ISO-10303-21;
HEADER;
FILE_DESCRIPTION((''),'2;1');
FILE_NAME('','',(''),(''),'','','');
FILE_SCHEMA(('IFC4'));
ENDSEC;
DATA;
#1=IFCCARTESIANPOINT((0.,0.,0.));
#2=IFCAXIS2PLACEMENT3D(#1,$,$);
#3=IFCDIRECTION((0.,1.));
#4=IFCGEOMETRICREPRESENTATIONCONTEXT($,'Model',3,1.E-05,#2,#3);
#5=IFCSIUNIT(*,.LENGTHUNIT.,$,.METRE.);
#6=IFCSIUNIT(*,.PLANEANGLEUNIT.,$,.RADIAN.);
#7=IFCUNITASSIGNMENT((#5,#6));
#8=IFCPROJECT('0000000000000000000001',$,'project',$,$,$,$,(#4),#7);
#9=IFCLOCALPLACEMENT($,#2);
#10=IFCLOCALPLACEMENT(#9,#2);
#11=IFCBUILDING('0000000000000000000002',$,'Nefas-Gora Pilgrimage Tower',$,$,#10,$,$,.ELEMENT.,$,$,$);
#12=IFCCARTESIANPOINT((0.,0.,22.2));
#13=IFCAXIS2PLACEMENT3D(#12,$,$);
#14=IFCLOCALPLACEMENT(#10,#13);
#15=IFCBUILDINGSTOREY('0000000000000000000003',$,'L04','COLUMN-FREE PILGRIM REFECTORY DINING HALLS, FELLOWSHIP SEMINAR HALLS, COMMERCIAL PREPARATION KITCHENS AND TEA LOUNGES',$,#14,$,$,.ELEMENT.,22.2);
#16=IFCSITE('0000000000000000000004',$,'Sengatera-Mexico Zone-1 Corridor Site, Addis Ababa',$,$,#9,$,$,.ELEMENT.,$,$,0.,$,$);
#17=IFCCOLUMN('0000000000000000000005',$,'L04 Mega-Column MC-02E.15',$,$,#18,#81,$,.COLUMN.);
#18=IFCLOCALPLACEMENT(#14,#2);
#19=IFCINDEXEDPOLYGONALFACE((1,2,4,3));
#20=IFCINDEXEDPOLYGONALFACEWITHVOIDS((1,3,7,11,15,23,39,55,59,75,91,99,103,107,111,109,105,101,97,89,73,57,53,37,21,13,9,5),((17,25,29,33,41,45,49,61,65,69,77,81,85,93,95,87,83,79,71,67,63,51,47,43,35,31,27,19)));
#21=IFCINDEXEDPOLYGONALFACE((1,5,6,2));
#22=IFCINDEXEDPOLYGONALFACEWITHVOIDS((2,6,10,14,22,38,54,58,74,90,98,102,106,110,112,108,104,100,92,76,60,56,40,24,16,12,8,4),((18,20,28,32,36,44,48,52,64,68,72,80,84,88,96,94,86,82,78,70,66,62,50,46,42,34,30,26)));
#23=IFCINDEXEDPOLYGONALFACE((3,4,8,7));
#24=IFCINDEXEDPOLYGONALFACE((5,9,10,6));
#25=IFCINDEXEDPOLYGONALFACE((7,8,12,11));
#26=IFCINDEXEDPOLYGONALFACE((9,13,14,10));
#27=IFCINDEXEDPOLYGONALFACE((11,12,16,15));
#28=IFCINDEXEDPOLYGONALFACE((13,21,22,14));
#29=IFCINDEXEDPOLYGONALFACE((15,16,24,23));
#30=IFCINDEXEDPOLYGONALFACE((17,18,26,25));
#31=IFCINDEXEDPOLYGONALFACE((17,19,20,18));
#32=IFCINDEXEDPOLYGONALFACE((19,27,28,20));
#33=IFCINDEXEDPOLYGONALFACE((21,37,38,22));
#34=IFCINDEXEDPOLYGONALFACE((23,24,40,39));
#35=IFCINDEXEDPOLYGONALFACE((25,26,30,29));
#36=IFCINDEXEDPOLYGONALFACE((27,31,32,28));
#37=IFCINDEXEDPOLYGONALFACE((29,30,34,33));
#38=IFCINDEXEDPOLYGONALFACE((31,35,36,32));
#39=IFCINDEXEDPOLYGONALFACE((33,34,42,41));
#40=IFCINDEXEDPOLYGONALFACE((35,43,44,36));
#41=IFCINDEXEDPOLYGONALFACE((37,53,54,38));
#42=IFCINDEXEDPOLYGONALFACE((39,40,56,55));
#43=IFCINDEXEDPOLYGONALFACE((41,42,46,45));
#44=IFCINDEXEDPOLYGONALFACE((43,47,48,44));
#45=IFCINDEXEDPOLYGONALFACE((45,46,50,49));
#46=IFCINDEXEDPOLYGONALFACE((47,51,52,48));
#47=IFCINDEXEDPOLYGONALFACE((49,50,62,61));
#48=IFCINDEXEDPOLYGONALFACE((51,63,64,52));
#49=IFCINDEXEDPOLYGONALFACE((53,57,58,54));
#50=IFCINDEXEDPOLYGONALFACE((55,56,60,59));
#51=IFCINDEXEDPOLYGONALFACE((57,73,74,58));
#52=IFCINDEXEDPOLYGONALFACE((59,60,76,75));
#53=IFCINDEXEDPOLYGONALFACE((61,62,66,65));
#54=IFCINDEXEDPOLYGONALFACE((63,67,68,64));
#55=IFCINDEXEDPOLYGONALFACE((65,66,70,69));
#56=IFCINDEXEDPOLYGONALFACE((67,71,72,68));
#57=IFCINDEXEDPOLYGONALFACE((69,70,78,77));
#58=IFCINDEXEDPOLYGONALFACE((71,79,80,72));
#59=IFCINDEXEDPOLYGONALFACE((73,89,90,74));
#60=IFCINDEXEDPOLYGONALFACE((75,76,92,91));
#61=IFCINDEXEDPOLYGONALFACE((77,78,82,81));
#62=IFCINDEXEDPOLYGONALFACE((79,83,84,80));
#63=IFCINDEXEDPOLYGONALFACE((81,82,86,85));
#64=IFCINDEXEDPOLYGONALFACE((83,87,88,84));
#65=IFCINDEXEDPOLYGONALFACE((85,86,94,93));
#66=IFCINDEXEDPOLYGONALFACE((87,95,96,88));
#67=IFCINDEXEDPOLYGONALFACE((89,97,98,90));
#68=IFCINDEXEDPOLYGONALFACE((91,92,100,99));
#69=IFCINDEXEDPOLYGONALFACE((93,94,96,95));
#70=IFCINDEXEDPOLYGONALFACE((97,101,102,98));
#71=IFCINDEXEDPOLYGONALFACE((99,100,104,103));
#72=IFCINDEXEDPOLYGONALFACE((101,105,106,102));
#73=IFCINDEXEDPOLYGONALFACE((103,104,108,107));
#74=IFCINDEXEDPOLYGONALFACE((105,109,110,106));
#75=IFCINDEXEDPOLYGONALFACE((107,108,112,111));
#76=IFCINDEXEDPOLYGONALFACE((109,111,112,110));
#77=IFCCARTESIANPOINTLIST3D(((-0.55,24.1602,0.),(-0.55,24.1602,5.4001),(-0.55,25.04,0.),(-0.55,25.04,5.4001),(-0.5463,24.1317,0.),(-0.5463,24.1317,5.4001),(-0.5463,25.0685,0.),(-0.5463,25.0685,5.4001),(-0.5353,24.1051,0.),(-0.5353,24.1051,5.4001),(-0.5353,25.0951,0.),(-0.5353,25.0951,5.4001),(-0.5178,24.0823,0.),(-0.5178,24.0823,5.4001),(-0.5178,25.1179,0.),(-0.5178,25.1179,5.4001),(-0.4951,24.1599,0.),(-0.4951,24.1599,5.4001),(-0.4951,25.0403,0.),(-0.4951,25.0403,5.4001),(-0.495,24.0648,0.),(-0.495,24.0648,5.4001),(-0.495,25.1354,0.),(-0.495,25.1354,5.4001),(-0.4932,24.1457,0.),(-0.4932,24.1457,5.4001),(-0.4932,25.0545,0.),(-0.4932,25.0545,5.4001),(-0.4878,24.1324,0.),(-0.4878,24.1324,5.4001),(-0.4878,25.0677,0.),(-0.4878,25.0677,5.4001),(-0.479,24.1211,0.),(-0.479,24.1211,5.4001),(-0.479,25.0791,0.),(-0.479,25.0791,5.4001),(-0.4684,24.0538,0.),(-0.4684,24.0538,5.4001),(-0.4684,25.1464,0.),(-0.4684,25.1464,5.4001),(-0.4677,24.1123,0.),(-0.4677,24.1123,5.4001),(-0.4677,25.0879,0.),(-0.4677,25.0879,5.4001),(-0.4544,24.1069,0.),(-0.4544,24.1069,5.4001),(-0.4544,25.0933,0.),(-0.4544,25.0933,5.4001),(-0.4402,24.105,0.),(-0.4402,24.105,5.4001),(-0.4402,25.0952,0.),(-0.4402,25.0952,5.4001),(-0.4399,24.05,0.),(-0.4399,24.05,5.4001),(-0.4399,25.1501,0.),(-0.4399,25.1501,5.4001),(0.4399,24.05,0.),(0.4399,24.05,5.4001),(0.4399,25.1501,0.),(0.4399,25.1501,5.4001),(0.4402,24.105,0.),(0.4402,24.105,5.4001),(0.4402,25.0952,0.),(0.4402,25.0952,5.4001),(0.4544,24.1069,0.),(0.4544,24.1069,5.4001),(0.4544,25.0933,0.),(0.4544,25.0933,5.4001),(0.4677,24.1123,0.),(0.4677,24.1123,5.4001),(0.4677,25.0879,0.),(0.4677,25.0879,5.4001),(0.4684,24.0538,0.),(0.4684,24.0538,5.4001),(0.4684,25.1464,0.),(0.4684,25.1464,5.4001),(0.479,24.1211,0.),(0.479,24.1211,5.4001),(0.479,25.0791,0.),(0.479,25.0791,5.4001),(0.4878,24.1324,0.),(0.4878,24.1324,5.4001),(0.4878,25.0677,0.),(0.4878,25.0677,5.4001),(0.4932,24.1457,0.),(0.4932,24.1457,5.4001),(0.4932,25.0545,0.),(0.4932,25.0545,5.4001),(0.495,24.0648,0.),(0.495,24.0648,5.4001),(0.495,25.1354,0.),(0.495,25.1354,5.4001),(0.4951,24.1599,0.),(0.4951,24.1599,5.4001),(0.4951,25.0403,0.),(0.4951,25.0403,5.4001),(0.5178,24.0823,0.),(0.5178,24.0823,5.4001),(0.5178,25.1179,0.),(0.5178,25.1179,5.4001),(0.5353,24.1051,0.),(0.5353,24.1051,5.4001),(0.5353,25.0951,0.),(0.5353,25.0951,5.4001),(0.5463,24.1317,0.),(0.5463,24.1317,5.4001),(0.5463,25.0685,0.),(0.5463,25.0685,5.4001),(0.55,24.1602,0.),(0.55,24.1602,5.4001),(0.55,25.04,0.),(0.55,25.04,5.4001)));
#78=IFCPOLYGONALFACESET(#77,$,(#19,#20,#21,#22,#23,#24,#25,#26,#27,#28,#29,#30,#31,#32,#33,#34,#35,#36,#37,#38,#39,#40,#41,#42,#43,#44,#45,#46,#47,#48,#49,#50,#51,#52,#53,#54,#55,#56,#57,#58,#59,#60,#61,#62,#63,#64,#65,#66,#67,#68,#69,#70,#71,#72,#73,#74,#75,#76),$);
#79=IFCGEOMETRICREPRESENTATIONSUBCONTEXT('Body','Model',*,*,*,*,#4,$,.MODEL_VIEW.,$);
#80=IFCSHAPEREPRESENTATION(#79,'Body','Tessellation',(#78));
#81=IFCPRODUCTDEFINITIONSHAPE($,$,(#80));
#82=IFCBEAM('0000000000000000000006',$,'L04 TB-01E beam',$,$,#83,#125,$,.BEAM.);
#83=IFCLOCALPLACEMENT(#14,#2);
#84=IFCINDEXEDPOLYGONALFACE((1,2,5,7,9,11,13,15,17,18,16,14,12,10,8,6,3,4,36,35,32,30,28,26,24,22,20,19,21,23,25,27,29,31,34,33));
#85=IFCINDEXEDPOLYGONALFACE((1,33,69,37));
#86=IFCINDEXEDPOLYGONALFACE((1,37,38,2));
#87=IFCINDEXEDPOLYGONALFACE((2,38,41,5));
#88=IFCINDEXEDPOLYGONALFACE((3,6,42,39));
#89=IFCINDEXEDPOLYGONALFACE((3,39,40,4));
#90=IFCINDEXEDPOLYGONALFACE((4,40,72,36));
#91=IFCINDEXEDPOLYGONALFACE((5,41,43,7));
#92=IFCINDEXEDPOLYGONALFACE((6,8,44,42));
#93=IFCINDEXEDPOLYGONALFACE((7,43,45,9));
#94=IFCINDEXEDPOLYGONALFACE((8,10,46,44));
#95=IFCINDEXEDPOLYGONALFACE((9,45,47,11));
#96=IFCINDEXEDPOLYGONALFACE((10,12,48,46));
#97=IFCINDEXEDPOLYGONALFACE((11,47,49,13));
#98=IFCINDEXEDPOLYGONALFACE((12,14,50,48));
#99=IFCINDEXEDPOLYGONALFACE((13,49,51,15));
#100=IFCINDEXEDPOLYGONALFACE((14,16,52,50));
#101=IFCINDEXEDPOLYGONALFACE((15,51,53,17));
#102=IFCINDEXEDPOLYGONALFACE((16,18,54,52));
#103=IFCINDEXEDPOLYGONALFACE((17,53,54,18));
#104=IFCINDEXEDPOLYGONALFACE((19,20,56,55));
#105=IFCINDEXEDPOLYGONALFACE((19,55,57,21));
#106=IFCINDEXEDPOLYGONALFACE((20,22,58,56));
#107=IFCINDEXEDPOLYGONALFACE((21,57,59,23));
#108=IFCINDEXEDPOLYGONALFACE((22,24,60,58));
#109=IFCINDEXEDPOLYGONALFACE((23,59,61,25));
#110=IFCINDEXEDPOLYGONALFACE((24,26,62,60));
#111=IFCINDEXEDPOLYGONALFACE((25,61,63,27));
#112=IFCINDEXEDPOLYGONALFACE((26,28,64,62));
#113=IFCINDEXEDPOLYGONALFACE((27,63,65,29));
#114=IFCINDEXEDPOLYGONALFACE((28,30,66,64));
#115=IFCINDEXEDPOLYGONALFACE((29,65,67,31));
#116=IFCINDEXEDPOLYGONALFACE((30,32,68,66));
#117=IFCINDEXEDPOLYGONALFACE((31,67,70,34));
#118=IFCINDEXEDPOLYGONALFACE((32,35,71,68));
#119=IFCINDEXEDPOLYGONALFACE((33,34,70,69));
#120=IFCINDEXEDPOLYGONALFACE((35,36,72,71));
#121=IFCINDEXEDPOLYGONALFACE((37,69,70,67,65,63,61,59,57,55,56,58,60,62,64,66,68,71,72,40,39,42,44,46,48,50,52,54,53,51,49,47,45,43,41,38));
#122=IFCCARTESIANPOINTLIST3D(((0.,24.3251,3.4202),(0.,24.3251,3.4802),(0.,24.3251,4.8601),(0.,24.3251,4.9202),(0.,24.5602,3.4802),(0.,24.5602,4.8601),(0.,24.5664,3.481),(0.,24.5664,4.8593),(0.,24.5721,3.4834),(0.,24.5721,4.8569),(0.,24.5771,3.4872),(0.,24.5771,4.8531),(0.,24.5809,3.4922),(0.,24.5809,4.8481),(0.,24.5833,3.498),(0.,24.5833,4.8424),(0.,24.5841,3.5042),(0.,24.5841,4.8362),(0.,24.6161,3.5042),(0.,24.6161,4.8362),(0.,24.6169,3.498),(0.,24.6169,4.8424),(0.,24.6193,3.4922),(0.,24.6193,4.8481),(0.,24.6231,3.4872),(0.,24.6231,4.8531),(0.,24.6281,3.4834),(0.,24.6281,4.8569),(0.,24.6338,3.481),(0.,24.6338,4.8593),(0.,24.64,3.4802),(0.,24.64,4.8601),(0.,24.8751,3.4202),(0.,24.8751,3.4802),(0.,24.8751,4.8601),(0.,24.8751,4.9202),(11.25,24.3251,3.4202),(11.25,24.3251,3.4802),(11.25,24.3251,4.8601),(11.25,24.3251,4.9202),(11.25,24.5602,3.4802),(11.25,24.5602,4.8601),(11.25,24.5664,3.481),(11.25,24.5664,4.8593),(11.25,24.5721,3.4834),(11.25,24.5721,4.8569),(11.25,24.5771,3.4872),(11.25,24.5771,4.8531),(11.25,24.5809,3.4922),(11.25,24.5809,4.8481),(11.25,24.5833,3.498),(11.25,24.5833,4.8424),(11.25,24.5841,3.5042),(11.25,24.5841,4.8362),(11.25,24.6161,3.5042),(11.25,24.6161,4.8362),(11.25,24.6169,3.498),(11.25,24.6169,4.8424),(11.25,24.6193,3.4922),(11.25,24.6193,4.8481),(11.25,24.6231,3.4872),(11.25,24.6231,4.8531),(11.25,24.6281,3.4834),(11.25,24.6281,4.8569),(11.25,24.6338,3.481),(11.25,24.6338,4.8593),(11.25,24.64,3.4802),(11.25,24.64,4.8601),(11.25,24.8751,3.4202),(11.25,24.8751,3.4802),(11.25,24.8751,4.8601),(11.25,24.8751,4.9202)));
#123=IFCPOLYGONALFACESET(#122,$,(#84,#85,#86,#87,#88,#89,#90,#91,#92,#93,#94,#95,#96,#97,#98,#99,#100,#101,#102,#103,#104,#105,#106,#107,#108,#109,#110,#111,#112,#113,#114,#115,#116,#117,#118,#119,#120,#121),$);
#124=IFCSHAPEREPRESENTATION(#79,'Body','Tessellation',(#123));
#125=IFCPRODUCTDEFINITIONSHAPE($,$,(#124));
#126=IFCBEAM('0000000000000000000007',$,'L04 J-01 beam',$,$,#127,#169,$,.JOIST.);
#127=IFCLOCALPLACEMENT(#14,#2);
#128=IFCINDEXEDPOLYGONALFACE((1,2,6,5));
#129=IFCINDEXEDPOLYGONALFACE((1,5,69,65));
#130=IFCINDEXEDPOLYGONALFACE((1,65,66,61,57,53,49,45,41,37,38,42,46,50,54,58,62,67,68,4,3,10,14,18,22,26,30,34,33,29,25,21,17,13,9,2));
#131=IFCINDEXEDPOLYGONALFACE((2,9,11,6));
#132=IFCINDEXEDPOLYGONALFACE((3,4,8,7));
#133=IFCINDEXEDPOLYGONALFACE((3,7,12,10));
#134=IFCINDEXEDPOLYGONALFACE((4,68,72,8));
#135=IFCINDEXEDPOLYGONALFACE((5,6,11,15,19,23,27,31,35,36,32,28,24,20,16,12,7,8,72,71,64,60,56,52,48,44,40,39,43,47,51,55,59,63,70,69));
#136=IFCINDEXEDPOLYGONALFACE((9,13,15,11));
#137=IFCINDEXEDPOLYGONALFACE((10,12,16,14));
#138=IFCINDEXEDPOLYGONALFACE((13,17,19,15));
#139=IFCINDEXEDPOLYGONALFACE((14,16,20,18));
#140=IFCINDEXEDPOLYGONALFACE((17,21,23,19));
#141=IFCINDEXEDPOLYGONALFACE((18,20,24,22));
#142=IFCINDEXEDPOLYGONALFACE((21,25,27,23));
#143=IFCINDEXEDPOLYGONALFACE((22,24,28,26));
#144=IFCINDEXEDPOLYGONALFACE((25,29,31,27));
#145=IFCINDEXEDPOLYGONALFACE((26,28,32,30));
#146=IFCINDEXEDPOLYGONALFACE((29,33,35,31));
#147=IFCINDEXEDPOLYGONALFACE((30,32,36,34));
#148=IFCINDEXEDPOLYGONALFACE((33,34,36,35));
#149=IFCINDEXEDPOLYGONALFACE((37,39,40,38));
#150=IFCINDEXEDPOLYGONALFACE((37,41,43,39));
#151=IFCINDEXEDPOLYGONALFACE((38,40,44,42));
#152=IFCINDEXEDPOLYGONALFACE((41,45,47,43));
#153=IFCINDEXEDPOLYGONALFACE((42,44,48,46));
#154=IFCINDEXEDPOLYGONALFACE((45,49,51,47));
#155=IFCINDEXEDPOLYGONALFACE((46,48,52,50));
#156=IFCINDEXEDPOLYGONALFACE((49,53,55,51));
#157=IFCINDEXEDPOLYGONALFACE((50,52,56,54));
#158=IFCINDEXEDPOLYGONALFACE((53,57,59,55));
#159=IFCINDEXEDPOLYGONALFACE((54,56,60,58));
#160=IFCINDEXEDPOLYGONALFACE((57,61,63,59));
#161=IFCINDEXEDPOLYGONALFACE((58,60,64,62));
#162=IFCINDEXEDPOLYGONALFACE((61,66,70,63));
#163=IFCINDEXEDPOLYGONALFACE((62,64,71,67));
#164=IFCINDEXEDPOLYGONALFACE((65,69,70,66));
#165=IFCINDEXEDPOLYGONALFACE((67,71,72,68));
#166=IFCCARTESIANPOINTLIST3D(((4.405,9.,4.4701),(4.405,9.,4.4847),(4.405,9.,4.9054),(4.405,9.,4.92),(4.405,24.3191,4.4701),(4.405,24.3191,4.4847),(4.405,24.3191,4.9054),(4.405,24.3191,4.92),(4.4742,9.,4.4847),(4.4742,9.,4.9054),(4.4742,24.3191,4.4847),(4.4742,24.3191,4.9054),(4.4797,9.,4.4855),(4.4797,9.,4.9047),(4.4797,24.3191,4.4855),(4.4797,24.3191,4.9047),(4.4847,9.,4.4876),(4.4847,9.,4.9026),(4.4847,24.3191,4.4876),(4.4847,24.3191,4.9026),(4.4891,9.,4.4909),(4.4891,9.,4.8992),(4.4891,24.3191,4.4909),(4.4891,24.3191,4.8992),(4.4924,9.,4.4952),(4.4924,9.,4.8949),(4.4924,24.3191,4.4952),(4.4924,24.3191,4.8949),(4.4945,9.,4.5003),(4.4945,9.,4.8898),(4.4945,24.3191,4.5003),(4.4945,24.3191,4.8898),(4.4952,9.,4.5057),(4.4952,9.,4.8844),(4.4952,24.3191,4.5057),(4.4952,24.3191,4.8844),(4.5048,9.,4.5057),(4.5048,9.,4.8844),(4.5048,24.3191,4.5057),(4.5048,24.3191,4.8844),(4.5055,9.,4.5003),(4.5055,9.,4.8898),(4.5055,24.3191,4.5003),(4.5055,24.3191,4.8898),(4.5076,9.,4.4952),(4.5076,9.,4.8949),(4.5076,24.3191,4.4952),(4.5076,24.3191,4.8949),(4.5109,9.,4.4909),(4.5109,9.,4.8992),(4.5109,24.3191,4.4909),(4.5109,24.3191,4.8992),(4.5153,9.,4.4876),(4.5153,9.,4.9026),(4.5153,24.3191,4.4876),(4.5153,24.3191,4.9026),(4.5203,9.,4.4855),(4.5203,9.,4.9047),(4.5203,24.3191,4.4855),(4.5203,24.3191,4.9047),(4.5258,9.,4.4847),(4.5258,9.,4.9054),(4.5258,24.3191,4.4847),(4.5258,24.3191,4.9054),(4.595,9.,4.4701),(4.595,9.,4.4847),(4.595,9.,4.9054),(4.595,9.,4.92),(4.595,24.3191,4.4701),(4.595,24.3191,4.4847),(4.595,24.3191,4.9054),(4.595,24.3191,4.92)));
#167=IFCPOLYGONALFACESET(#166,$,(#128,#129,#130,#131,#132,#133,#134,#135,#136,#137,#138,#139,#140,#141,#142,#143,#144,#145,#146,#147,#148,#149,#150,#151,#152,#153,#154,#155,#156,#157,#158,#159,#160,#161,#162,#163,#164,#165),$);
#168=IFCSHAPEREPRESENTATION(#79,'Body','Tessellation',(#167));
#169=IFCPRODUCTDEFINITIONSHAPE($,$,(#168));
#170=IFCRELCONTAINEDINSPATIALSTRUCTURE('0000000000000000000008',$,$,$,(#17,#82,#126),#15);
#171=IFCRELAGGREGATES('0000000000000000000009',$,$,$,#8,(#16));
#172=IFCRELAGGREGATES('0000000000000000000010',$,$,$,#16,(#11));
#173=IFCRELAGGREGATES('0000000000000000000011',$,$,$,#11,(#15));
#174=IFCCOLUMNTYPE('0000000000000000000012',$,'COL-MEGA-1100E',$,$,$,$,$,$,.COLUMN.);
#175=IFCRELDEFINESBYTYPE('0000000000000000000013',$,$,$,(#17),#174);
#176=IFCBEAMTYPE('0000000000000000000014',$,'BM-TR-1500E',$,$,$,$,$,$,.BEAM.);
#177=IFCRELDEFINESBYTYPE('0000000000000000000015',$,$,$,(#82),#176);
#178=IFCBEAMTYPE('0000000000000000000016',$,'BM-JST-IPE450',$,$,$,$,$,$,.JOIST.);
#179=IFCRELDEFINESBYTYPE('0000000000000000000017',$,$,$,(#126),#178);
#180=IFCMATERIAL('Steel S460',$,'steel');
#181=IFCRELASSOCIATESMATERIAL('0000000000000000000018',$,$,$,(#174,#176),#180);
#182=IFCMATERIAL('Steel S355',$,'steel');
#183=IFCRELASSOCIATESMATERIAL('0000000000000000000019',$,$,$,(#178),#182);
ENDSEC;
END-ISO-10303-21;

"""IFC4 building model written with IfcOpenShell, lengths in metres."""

from ifc_helpers import new_model, si_unit, direction, frame, origin, origin_2d, place, context, subcontext, project, spatial, hollow_rectangle, i_section, extrude, source, transform, mapped, material, material_profile, profile_set, type_object, element, save


model = new_model("IFC4")

# Units and contexts
model_context = context("Model", 3, precision=1e-05, world=origin(), true_north=direction((0.0, 1.0)))
body_context = subcontext(model_context, "Body", "Model", "MODEL_VIEW")
ifc_project = project(units=[si_unit("LENGTHUNIT", "METRE"), si_unit("PLANEANGLEUNIT", "RADIAN")], contexts=[model_context])

# Site, building, storey
site_placement = place(None, origin())
site = spatial("IfcSite", under=ifc_project, at=site_placement, Name="Sengatera-Mexico Zone-1 Corridor Site, Addis Ababa", CompositionType="ELEMENT", RefElevation=0.0)
building_placement = place(site_placement, origin())
building = spatial("IfcBuilding", under=site, at=building_placement, Name="Nefas-Gora Pilgrimage Tower", CompositionType="ELEMENT")
storey_placement = place(building_placement, frame((0.0, 0.0, 22.2)))
storey = spatial("IfcBuildingStorey", under=building, at=storey_placement, Name="L04", Description="COLUMN-FREE PILGRIM REFECTORY DINING HALLS, FELLOWSHIP SEMINAR HALLS, COMMERCIAL PREPARATION KITCHENS AND TEA LOUNGES", CompositionType="ELEMENT", Elevation=22.2)

# Column
ifc_material_1 = material(Name="Steel S460", Category="steel")
ifc_material_profile_1 = material_profile(ifc_material_1, hollow_rectangle(XDim=1.1001, YDim=1.1001, WallThickness=0.0549, InnerFilletRadius=0.0549, OuterFilletRadius=0.1101, at=origin_2d()), Name="BOX 1100x1100x55")
ifc_profile_set_1 = profile_set([ifc_material_profile_1], Name="Steel S460")
column_type = type_object("IfcColumnType", Name="COL-MEGA-1100E", PredefinedType="COLUMN", material=ifc_profile_set_1)
shared_shape_1 = source(origin(), body_context, "Body", "SweptSolid", [
    extrude(hollow_rectangle(XDim=1.1001, YDim=1.1001, WallThickness=0.0549, InnerFilletRadius=0.0549, OuterFilletRadius=0.1101, at=origin_2d()), origin(), (0.0, 0.0, 1.0), 5.4001),
])
column_placement = place(storey_placement, frame((0.0, 24.6001, 0.0), z_axis=(0.0, 0.0, 1.0), x_axis=(1.0, 0.0, 0.0)))
element("IfcColumn", 1, at=column_placement, inside=storey, type_object=column_type, Name="L04 Mega-Column MC-02E.15", PredefinedType="COLUMN", context=body_context, shape_type="MappedRepresentation", body=[
    mapped(shared_shape_1, transform((0.0, 0.0, 0.0), x_axis=(1.0, 0.0, 0.0), y_axis=(0.0, 1.0, 0.0), z_axis=(0.0, 0.0, 1.0), scale=1.0)),
])

# Beams
ifc_material_profile_2 = material_profile(ifc_material_1, i_section(OverallWidth=0.55, OverallDepth=1.5, WebThickness=0.032, FlangeThickness=0.0601, FilletRadius=0.0239, at=origin_2d()), Name="WPG 1500x550x32x60")
ifc_profile_set_2 = profile_set([ifc_material_profile_2], Name="Steel S460")
beam_type_1 = type_object("IfcBeamType", Name="BM-TR-1500E", PredefinedType="BEAM", material=ifc_profile_set_2)
shared_shape_2 = source(origin(), body_context, "Body", "SweptSolid", [
    extrude(i_section(OverallWidth=0.55, OverallDepth=1.5, WebThickness=0.032, FlangeThickness=0.0601, FilletRadius=0.0239, at=origin_2d()), origin(), (0.0, 0.0, 1.0), 11.25),
])
beam_1_placement = place(storey_placement, frame((0.0, 24.6001, 4.1702), z_axis=(1.0, 0.0, 0.0), x_axis=(0.0, 1.0, 0.0)))
element("IfcBeam", 2, at=beam_1_placement, inside=storey, type_object=beam_type_1, Name="L04 TB-01E beam", PredefinedType="BEAM", context=body_context, shape_type="MappedRepresentation", body=[
    mapped(shared_shape_2, transform((0.0, 0.0, 0.0), x_axis=(1.0, 0.0, 0.0), y_axis=(0.0, 1.0, 0.0), z_axis=(0.0, 0.0, 1.0), scale=1.0)),
])
ifc_material_2 = material(Name="Steel S355", Category="steel")
ifc_material_profile_3 = material_profile(ifc_material_2, i_section(OverallWidth=0.1899, OverallDepth=0.45, WebThickness=0.0095, FlangeThickness=0.0146, FilletRadius=0.021, at=origin_2d()), Name="IPE 450")
ifc_profile_set_3 = profile_set([ifc_material_profile_3], Name="Steel S355")
beam_type_2 = type_object("IfcBeamType", Name="BM-JST-IPE450", PredefinedType="JOIST", material=ifc_profile_set_3)
shared_shape_3 = source(origin(), body_context, "Body", "SweptSolid", [
    extrude(i_section(OverallWidth=0.1899, OverallDepth=0.45, WebThickness=0.0095, FlangeThickness=0.0146, FilletRadius=0.021, at=origin_2d()), origin(), (0.0, 0.0, 1.0), 15.3191),
])
beam_2_placement = place(storey_placement, frame((4.5, 9.0, 4.6951), z_axis=(0.0, 1.0, 0.0), x_axis=(-1.0, 0.0, 0.0)))
element("IfcBeam", 3, at=beam_2_placement, inside=storey, type_object=beam_type_2, Name="L04 J-01 beam", PredefinedType="JOIST", context=body_context, shape_type="MappedRepresentation", body=[
    mapped(shared_shape_3, transform((0.0, 0.0, 0.0), x_axis=(1.0, 0.0, 0.0), y_axis=(0.0, 1.0, 0.0), z_axis=(0.0, 0.0, 1.0), scale=1.0)),
])

save(model, "model.ifc")
